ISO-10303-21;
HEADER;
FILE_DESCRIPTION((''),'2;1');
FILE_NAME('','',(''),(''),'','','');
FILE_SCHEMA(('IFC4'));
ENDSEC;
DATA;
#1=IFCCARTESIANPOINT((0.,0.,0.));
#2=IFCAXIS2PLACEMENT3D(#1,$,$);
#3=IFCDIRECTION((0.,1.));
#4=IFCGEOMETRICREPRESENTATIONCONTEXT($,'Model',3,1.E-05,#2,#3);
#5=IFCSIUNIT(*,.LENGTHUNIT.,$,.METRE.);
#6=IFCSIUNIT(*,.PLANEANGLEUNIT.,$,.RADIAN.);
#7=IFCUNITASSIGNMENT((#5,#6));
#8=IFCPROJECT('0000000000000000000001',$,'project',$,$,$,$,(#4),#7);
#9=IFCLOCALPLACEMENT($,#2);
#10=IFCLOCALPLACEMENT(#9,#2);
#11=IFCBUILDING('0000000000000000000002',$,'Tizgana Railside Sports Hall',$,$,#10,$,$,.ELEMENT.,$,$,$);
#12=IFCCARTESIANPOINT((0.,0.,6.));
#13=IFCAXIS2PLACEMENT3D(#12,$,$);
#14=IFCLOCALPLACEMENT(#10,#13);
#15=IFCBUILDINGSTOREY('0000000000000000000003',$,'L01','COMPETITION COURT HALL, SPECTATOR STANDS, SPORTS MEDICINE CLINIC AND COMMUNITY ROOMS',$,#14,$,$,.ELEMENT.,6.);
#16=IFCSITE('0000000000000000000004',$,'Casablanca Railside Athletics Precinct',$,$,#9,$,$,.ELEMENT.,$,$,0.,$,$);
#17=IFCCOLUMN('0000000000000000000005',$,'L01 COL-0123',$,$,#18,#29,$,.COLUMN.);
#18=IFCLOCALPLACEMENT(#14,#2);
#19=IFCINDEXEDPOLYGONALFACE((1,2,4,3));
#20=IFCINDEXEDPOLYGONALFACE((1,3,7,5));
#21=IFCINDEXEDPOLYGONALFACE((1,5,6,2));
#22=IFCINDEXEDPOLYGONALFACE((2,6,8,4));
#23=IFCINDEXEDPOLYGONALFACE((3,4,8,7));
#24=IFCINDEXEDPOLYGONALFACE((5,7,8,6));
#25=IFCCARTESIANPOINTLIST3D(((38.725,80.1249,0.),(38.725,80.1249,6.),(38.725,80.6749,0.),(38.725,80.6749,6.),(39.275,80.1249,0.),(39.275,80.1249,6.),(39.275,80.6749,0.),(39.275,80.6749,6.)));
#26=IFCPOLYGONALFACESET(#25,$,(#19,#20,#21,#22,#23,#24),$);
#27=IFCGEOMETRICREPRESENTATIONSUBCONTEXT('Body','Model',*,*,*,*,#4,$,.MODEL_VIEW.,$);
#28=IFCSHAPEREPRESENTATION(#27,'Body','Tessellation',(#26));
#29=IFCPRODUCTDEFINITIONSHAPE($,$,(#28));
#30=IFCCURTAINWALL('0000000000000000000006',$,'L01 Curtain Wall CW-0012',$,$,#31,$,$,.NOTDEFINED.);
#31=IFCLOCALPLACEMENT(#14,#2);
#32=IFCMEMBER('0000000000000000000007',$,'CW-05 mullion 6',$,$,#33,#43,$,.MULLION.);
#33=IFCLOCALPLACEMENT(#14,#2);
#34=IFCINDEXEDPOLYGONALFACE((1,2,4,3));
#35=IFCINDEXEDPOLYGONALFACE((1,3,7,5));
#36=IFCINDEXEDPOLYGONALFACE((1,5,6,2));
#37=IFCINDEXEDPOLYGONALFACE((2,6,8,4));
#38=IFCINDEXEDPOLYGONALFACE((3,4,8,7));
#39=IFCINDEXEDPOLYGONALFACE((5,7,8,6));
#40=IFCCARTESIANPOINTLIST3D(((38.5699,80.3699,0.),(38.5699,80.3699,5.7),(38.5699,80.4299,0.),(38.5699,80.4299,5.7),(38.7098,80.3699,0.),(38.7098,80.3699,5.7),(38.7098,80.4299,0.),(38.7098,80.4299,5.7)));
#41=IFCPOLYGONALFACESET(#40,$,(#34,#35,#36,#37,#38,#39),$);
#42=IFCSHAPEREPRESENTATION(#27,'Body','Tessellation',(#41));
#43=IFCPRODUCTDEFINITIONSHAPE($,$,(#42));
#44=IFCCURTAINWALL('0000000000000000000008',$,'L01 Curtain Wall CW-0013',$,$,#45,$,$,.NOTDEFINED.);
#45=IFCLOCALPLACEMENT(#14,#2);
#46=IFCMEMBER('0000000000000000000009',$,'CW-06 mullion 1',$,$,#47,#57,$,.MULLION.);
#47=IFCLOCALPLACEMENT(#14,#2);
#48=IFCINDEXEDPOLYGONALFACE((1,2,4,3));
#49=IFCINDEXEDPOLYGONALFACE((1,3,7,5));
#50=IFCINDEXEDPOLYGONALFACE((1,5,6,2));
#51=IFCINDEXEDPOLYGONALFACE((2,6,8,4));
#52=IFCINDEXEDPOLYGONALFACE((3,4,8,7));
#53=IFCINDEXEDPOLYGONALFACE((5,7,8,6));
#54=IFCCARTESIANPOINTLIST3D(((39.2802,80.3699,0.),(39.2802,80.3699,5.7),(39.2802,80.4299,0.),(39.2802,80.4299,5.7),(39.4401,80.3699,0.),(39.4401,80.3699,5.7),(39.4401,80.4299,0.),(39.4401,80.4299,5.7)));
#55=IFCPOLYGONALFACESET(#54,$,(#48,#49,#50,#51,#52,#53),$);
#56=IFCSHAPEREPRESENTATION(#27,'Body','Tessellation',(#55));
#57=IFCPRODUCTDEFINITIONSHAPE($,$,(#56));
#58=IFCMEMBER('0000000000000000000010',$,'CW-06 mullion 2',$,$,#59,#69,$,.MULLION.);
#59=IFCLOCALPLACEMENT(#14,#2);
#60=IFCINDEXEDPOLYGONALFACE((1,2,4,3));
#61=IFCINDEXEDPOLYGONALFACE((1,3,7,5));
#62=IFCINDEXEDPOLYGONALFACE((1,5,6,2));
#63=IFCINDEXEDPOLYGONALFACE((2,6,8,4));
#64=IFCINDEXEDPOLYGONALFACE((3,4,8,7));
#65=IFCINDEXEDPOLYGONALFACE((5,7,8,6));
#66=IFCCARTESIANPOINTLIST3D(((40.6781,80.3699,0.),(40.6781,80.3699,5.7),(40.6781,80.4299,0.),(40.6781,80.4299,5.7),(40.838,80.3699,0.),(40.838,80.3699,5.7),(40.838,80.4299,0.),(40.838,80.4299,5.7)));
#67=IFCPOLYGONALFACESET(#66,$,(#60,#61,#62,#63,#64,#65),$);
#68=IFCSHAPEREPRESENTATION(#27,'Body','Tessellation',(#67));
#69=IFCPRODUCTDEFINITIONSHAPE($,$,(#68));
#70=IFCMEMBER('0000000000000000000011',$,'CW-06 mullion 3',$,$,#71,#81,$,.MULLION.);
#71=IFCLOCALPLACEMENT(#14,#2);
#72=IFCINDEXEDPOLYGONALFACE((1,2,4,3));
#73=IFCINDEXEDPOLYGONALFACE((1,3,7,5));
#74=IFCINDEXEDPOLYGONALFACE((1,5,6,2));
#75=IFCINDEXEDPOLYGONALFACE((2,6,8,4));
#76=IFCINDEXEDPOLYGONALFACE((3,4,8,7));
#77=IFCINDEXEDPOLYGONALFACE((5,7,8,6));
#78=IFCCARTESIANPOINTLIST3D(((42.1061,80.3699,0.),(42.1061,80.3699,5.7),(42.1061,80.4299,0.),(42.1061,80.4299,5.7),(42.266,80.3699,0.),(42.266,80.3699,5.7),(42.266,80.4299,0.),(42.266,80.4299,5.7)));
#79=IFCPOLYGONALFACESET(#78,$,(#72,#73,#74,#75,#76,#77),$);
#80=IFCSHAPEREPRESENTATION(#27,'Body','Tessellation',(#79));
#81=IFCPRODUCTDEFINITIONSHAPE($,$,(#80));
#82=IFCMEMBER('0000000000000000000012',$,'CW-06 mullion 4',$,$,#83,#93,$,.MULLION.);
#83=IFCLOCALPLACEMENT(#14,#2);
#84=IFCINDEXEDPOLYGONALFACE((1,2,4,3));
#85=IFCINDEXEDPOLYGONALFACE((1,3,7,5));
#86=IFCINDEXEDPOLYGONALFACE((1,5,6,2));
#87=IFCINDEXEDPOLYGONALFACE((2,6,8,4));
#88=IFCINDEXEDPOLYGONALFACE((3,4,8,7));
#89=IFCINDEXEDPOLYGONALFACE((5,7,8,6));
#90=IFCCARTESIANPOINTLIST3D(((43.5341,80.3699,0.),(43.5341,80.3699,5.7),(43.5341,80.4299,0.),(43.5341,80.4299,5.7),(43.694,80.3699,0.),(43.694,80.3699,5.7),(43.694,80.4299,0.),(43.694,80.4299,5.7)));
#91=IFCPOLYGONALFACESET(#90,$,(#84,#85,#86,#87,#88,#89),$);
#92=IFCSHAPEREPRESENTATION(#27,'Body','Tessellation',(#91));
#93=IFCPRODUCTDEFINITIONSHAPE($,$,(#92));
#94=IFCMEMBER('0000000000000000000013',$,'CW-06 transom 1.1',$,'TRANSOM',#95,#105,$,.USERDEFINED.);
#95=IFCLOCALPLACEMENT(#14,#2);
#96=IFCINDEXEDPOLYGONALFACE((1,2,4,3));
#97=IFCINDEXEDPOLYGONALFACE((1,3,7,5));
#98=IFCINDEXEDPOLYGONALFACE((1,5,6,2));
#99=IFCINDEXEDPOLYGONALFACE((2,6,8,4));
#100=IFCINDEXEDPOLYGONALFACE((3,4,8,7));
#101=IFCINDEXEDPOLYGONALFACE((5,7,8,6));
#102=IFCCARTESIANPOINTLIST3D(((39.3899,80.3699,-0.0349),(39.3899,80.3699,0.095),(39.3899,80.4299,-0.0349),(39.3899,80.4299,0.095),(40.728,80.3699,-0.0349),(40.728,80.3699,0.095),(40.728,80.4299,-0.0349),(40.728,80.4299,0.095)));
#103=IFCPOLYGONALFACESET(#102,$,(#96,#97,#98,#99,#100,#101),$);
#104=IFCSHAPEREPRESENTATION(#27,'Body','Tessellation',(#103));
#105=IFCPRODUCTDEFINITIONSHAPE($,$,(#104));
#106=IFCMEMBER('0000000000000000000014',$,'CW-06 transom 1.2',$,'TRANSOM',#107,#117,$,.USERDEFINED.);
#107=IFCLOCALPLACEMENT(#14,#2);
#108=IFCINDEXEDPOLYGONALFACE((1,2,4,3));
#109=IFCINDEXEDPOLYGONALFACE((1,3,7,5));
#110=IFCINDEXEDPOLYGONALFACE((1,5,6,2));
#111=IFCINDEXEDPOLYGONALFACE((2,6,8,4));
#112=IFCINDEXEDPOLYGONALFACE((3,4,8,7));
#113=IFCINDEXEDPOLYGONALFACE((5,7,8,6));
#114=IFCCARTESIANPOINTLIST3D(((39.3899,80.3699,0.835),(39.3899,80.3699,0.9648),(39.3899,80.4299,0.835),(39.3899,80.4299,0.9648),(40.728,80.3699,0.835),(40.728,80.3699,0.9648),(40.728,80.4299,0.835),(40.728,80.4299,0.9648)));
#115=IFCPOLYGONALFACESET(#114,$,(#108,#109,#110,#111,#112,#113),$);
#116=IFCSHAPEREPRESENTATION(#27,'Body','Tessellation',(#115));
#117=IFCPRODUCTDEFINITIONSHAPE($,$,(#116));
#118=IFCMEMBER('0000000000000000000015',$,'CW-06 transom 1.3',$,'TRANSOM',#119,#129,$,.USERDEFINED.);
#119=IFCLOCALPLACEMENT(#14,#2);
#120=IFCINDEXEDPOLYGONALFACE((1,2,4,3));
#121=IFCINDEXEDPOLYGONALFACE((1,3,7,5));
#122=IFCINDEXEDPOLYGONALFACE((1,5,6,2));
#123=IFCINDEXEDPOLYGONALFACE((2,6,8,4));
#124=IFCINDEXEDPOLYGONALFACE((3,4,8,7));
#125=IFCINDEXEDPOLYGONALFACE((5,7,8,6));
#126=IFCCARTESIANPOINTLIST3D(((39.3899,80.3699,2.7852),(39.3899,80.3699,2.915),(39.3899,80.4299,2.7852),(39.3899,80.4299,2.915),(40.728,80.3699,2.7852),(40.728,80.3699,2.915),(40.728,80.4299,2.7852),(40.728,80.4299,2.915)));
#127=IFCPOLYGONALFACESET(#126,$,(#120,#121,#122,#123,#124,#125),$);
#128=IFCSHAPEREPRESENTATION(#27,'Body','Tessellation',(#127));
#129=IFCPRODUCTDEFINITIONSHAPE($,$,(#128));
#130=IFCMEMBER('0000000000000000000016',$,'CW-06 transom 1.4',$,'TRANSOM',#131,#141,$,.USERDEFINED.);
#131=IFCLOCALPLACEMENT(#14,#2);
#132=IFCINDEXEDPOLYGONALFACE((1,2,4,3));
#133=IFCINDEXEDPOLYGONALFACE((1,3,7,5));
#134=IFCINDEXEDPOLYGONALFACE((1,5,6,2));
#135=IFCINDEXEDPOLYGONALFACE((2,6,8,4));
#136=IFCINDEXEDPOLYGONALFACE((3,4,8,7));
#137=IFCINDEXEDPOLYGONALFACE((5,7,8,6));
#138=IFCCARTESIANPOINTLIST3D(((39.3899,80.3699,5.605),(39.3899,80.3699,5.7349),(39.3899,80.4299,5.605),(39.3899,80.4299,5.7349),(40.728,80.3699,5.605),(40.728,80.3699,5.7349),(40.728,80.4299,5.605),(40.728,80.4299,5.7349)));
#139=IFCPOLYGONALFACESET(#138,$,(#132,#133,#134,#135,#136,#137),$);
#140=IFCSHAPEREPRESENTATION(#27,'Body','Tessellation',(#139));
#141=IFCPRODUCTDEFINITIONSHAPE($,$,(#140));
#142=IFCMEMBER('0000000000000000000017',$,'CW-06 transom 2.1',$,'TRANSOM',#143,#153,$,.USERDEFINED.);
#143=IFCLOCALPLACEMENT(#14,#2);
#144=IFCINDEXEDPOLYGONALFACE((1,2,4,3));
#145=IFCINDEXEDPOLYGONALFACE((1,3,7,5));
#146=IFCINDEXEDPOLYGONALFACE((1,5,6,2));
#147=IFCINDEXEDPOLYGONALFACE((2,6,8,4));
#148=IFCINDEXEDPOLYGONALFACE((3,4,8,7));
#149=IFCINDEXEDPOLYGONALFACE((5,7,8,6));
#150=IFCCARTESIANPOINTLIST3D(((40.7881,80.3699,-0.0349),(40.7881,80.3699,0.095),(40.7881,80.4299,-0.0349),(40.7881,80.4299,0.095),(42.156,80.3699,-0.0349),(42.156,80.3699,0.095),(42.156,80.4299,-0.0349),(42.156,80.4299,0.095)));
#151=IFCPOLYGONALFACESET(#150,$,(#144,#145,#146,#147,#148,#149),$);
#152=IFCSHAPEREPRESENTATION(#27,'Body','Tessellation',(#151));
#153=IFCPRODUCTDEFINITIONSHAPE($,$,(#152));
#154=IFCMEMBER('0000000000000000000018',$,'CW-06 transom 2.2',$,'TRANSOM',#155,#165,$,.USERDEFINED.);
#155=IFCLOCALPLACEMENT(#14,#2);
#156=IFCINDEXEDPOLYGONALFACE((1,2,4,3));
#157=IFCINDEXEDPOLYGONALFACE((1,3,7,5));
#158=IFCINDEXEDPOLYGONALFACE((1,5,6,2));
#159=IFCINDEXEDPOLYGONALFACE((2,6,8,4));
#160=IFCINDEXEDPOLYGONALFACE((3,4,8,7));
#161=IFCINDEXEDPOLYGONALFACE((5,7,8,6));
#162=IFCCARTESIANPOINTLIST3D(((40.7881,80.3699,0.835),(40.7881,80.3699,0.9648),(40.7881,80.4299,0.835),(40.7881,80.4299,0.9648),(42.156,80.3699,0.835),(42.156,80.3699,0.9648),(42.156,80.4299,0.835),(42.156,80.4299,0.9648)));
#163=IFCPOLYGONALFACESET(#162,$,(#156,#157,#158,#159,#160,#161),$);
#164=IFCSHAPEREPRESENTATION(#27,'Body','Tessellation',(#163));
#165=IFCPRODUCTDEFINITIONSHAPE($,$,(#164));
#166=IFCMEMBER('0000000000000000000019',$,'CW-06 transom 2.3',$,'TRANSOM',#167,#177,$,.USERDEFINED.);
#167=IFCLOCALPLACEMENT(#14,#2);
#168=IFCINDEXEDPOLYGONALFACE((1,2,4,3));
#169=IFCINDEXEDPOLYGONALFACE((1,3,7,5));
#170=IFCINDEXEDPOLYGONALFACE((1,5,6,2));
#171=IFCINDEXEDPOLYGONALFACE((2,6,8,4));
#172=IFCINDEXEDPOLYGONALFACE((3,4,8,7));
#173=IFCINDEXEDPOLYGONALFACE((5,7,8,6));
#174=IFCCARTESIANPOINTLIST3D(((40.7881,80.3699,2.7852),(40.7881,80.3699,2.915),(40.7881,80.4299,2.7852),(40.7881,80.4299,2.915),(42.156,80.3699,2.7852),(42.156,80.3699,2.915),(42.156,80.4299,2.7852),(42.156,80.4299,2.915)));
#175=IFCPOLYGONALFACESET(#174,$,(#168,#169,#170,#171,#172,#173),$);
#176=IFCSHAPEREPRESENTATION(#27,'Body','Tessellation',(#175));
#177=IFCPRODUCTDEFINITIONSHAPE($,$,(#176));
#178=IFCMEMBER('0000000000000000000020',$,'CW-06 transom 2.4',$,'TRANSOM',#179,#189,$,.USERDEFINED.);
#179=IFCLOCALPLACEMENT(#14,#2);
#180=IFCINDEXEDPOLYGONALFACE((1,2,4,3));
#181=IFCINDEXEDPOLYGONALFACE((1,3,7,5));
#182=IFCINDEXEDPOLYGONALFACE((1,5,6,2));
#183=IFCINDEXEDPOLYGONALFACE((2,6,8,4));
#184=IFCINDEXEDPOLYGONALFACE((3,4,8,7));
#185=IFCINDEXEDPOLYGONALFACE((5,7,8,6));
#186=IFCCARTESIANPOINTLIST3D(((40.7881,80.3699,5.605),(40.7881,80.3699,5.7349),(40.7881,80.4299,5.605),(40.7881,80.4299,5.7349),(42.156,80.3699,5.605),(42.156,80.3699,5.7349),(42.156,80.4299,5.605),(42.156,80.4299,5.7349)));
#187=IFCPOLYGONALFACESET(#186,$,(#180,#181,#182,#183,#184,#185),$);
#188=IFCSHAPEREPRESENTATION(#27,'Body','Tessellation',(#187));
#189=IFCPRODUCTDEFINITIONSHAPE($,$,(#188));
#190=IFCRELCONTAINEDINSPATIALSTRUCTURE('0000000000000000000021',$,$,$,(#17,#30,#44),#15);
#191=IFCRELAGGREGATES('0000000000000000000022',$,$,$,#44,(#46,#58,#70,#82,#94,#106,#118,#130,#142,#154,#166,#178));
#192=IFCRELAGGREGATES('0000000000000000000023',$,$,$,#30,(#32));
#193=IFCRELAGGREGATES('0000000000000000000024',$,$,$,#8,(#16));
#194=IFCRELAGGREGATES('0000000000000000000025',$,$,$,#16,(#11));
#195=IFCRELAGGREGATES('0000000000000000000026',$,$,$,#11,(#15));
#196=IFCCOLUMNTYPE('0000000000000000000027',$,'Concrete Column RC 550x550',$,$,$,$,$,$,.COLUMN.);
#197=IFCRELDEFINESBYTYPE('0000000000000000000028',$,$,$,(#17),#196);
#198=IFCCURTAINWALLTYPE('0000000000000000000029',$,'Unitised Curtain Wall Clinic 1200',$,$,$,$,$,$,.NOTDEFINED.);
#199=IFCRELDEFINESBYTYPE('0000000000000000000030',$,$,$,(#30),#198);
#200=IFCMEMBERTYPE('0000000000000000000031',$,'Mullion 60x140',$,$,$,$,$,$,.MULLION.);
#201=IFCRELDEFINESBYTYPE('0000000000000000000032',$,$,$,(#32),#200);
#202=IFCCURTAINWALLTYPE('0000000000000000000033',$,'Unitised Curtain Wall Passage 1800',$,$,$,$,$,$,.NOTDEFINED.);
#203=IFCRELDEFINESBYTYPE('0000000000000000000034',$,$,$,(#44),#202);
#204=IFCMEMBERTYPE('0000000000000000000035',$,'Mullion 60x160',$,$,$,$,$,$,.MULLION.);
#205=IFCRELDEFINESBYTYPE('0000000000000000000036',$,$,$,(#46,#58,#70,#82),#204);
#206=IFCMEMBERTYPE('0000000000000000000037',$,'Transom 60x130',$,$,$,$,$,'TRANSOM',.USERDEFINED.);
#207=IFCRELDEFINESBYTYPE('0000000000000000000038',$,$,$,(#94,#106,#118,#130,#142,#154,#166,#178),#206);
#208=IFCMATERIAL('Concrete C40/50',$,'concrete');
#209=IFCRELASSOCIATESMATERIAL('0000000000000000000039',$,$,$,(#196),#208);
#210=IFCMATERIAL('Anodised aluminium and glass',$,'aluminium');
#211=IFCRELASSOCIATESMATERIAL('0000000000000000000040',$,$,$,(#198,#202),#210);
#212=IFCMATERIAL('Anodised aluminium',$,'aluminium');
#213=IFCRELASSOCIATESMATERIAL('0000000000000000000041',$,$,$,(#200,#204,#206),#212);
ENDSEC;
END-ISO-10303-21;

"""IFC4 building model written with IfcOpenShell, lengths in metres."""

from ifc_helpers import new_model, si_unit, direction, frame, origin, origin_2d, place, context, subcontext, project, spatial, rectangle, extrude, material, material_profile, profile_set, type_object, element, aggregate, save


model = new_model("IFC4")

# Units and contexts
model_context = context("Model", 3, precision=1e-05, world=origin(), true_north=direction((0.0, 1.0)))
body_context = subcontext(model_context, "Body", "Model", "MODEL_VIEW")
ifc_project = project(units=[si_unit("LENGTHUNIT", "METRE"), si_unit("PLANEANGLEUNIT", "RADIAN")], contexts=[model_context])

# Site, building, storey
site_placement = place(None, origin())
site = spatial("IfcSite", under=ifc_project, at=site_placement, Name="Casablanca Railside Athletics Precinct", CompositionType="ELEMENT", RefElevation=0.0)
building_placement = place(site_placement, origin())
building = spatial("IfcBuilding", under=site, at=building_placement, Name="Tizgana Railside Sports Hall", CompositionType="ELEMENT")
storey_placement = place(building_placement, frame((0.0, 0.0, 6.0)))
storey = spatial("IfcBuildingStorey", under=building, at=storey_placement, Name="L01", Description="COMPETITION COURT HALL, SPECTATOR STANDS, SPORTS MEDICINE CLINIC AND COMMUNITY ROOMS", CompositionType="ELEMENT", Elevation=6.0)

# Column
ifc_material_1 = material(Name="Concrete C40/50", Category="concrete")
ifc_material_profile_1 = material_profile(ifc_material_1, rectangle(XDim=0.55, YDim=0.55, at=origin_2d()), Name="RC 550x550")
ifc_profile_set_1 = profile_set([ifc_material_profile_1], Name="Concrete C40/50")
column_type = type_object("IfcColumnType", Name="Concrete Column RC 550x550", PredefinedType="COLUMN", material=ifc_profile_set_1)
column_placement = place(storey_placement, frame((39.0, 80.3999, 0.0), z_axis=(0.0, 0.0, 1.0), x_axis=(1.0, 0.0, 0.0)))
element("IfcColumn", 1, at=column_placement, inside=storey, type_object=column_type, Name="L01 COL-0123", PredefinedType="COLUMN", context=body_context, shape_type="SweptSolid", body=[
    extrude(rectangle(XDim=0.55, YDim=0.55, at=origin_2d()), origin(), (0.0, 0.0, 1.0), 6.0),
])

# Curtain wall, member
ifc_material_2 = material(Name="Anodised aluminium and glass", Category="aluminium")
curtain_wall_type_1 = type_object("IfcCurtainWallType", Name="Unitised Curtain Wall Clinic 1200", PredefinedType="NOTDEFINED", material=ifc_material_2)
curtain_wall_1_placement = place(storey_placement, origin())
curtain_wall_1 = element("IfcCurtainWall", 2, at=curtain_wall_1_placement, inside=storey, type_object=curtain_wall_type_1, Name="L01 Curtain Wall CW-0012", PredefinedType="NOTDEFINED")
ifc_material_3 = material(Name="Anodised aluminium", Category="aluminium")
ifc_material_profile_2 = material_profile(ifc_material_3, rectangle(XDim=0.0601, YDim=0.1399, at=origin_2d()), Name="Mullion 60x140")
ifc_profile_set_2 = profile_set([ifc_material_profile_2], Name="Anodised aluminium")
member_type_1 = type_object("IfcMemberType", Name="Mullion 60x140", PredefinedType="MULLION", material=ifc_profile_set_2)
member_1_placement = place(storey_placement, frame((38.6399, 80.3999, 0.0), z_axis=(0.0, 0.0, 1.0), x_axis=(0.0, 1.0, 0.0)))
member_1 = element("IfcMember", 3, at=member_1_placement, type_object=member_type_1, Name="CW-05 mullion 6", PredefinedType="MULLION", context=body_context, shape_type="SweptSolid", body=[
    extrude(rectangle(XDim=0.0601, YDim=0.1399, at=origin_2d()), origin(), (0.0, 0.0, 1.0), 5.7),
])

# Curtain wall, members
curtain_wall_type_2 = type_object("IfcCurtainWallType", Name="Unitised Curtain Wall Passage 1800", PredefinedType="NOTDEFINED", material=ifc_material_2)
curtain_wall_2_placement = place(storey_placement, origin())
curtain_wall_2 = element("IfcCurtainWall", 4, at=curtain_wall_2_placement, inside=storey, type_object=curtain_wall_type_2, Name="L01 Curtain Wall CW-0013", PredefinedType="NOTDEFINED")
ifc_material_profile_3 = material_profile(ifc_material_3, rectangle(XDim=0.0601, YDim=0.1599, at=origin_2d()), Name="Mullion 60x160")
ifc_profile_set_3 = profile_set([ifc_material_profile_3], Name="Anodised aluminium")
member_type_2 = type_object("IfcMemberType", Name="Mullion 60x160", PredefinedType="MULLION", material=ifc_profile_set_3)
member_2_placement = place(storey_placement, frame((39.3601, 80.3999, 0.0), z_axis=(0.0, 0.0, 1.0), x_axis=(0.0, 1.0, 0.0)))
member_2 = element("IfcMember", 5, at=member_2_placement, type_object=member_type_2, Name="CW-06 mullion 1", PredefinedType="MULLION", context=body_context, shape_type="SweptSolid", body=[
    extrude(rectangle(XDim=0.0601, YDim=0.1599, at=origin_2d()), origin(), (0.0, 0.0, 1.0), 5.7),
])
member_3_placement = place(storey_placement, frame((40.7581, 80.3999, 0.0), z_axis=(0.0, 0.0, 1.0), x_axis=(0.0, 1.0, 0.0)))
member_3 = element("IfcMember", 6, at=member_3_placement, type_object=member_type_2, Name="CW-06 mullion 2", PredefinedType="MULLION", context=body_context, shape_type="SweptSolid", body=[
    extrude(rectangle(XDim=0.0601, YDim=0.1599, at=origin_2d()), origin(), (0.0, 0.0, 1.0), 5.7),
])
member_4_placement = place(storey_placement, frame((42.186, 80.3999, 0.0), z_axis=(0.0, 0.0, 1.0), x_axis=(0.0, 1.0, 0.0)))
member_4 = element("IfcMember", 7, at=member_4_placement, type_object=member_type_2, Name="CW-06 mullion 3", PredefinedType="MULLION", context=body_context, shape_type="SweptSolid", body=[
    extrude(rectangle(XDim=0.0601, YDim=0.1599, at=origin_2d()), origin(), (0.0, 0.0, 1.0), 5.7),
])
member_5_placement = place(storey_placement, frame((43.614, 80.3999, 0.0), z_axis=(0.0, 0.0, 1.0), x_axis=(0.0, 1.0, 0.0)))
member_5 = element("IfcMember", 8, at=member_5_placement, type_object=member_type_2, Name="CW-06 mullion 4", PredefinedType="MULLION", context=body_context, shape_type="SweptSolid", body=[
    extrude(rectangle(XDim=0.0601, YDim=0.1599, at=origin_2d()), origin(), (0.0, 0.0, 1.0), 5.7),
])
ifc_material_profile_4 = material_profile(ifc_material_3, rectangle(XDim=0.0601, YDim=0.1299, at=origin_2d()), Name="Transom 60x130")
ifc_profile_set_4 = profile_set([ifc_material_profile_4], Name="Anodised aluminium")
member_type_3 = type_object("IfcMemberType", Name="Transom 60x130", ElementType="TRANSOM", PredefinedType="USERDEFINED", material=ifc_profile_set_4)
member_6_placement = place(storey_placement, frame((39.3899, 80.3999, 0.03), z_axis=(1.0, 0.0, 0.0), x_axis=(0.0, 1.0, 0.0)))
member_6 = element("IfcMember", 9, at=member_6_placement, type_object=member_type_3, Name="CW-06 transom 1.1", ObjectType="TRANSOM", PredefinedType="USERDEFINED", context=body_context, shape_type="SweptSolid", body=[
    extrude(rectangle(XDim=0.0601, YDim=0.1299, at=origin_2d()), origin(), (0.0, 0.0, 1.0), 1.3381),
])
member_7_placement = place(storey_placement, frame((39.3899, 80.3999, 0.8999), z_axis=(1.0, 0.0, 0.0), x_axis=(0.0, 1.0, 0.0)))
member_7 = element("IfcMember", 10, at=member_7_placement, type_object=member_type_3, Name="CW-06 transom 1.2", ObjectType="TRANSOM", PredefinedType="USERDEFINED", context=body_context, shape_type="SweptSolid", body=[
    extrude(rectangle(XDim=0.0601, YDim=0.1299, at=origin_2d()), origin(), (0.0, 0.0, 1.0), 1.3381),
])
member_8_placement = place(storey_placement, frame((39.3899, 80.3999, 2.8501), z_axis=(1.0, 0.0, 0.0), x_axis=(0.0, 1.0, 0.0)))
member_8 = element("IfcMember", 11, at=member_8_placement, type_object=member_type_3, Name="CW-06 transom 1.3", ObjectType="TRANSOM", PredefinedType="USERDEFINED", context=body_context, shape_type="SweptSolid", body=[
    extrude(rectangle(XDim=0.0601, YDim=0.1299, at=origin_2d()), origin(), (0.0, 0.0, 1.0), 1.3381),
])
member_9_placement = place(storey_placement, frame((39.3899, 80.3999, 5.6699), z_axis=(1.0, 0.0, 0.0), x_axis=(0.0, 1.0, 0.0)))
member_9 = element("IfcMember", 12, at=member_9_placement, type_object=member_type_3, Name="CW-06 transom 1.4", ObjectType="TRANSOM", PredefinedType="USERDEFINED", context=body_context, shape_type="SweptSolid", body=[
    extrude(rectangle(XDim=0.0601, YDim=0.1299, at=origin_2d()), origin(), (0.0, 0.0, 1.0), 1.3381),
])
member_10_placement = place(storey_placement, frame((40.7881, 80.3999, 0.03), z_axis=(1.0, 0.0, 0.0), x_axis=(0.0, 1.0, 0.0)))
member_10 = element("IfcMember", 13, at=member_10_placement, type_object=member_type_3, Name="CW-06 transom 2.1", ObjectType="TRANSOM", PredefinedType="USERDEFINED", context=body_context, shape_type="SweptSolid", body=[
    extrude(rectangle(XDim=0.0601, YDim=0.1299, at=origin_2d()), origin(), (0.0, 0.0, 1.0), 1.3679),
])
member_11_placement = place(storey_placement, frame((40.7881, 80.3999, 0.8999), z_axis=(1.0, 0.0, 0.0), x_axis=(0.0, 1.0, 0.0)))
member_11 = element("IfcMember", 14, at=member_11_placement, type_object=member_type_3, Name="CW-06 transom 2.2", ObjectType="TRANSOM", PredefinedType="USERDEFINED", context=body_context, shape_type="SweptSolid", body=[
    extrude(rectangle(XDim=0.0601, YDim=0.1299, at=origin_2d()), origin(), (0.0, 0.0, 1.0), 1.3679),
])
member_12_placement = place(storey_placement, frame((40.7881, 80.3999, 2.8501), z_axis=(1.0, 0.0, 0.0), x_axis=(0.0, 1.0, 0.0)))
member_12 = element("IfcMember", 15, at=member_12_placement, type_object=member_type_3, Name="CW-06 transom 2.3", ObjectType="TRANSOM", PredefinedType="USERDEFINED", context=body_context, shape_type="SweptSolid", body=[
    extrude(rectangle(XDim=0.0601, YDim=0.1299, at=origin_2d()), origin(), (0.0, 0.0, 1.0), 1.3679),
])
member_13_placement = place(storey_placement, frame((40.7881, 80.3999, 5.6699), z_axis=(1.0, 0.0, 0.0), x_axis=(0.0, 1.0, 0.0)))
member_13 = element("IfcMember", 16, at=member_13_placement, type_object=member_type_3, Name="CW-06 transom 2.4", ObjectType="TRANSOM", PredefinedType="USERDEFINED", context=body_context, shape_type="SweptSolid", body=[
    extrude(rectangle(XDim=0.0601, YDim=0.1299, at=origin_2d()), origin(), (0.0, 0.0, 1.0), 1.3679),
])
aggregate(curtain_wall_2, [member_2, member_3, member_4, member_5, member_6, member_7, member_8, member_9, member_10, member_11, member_12, member_13])

aggregate(curtain_wall_1, [member_1])

save(model, "model.ifc")
